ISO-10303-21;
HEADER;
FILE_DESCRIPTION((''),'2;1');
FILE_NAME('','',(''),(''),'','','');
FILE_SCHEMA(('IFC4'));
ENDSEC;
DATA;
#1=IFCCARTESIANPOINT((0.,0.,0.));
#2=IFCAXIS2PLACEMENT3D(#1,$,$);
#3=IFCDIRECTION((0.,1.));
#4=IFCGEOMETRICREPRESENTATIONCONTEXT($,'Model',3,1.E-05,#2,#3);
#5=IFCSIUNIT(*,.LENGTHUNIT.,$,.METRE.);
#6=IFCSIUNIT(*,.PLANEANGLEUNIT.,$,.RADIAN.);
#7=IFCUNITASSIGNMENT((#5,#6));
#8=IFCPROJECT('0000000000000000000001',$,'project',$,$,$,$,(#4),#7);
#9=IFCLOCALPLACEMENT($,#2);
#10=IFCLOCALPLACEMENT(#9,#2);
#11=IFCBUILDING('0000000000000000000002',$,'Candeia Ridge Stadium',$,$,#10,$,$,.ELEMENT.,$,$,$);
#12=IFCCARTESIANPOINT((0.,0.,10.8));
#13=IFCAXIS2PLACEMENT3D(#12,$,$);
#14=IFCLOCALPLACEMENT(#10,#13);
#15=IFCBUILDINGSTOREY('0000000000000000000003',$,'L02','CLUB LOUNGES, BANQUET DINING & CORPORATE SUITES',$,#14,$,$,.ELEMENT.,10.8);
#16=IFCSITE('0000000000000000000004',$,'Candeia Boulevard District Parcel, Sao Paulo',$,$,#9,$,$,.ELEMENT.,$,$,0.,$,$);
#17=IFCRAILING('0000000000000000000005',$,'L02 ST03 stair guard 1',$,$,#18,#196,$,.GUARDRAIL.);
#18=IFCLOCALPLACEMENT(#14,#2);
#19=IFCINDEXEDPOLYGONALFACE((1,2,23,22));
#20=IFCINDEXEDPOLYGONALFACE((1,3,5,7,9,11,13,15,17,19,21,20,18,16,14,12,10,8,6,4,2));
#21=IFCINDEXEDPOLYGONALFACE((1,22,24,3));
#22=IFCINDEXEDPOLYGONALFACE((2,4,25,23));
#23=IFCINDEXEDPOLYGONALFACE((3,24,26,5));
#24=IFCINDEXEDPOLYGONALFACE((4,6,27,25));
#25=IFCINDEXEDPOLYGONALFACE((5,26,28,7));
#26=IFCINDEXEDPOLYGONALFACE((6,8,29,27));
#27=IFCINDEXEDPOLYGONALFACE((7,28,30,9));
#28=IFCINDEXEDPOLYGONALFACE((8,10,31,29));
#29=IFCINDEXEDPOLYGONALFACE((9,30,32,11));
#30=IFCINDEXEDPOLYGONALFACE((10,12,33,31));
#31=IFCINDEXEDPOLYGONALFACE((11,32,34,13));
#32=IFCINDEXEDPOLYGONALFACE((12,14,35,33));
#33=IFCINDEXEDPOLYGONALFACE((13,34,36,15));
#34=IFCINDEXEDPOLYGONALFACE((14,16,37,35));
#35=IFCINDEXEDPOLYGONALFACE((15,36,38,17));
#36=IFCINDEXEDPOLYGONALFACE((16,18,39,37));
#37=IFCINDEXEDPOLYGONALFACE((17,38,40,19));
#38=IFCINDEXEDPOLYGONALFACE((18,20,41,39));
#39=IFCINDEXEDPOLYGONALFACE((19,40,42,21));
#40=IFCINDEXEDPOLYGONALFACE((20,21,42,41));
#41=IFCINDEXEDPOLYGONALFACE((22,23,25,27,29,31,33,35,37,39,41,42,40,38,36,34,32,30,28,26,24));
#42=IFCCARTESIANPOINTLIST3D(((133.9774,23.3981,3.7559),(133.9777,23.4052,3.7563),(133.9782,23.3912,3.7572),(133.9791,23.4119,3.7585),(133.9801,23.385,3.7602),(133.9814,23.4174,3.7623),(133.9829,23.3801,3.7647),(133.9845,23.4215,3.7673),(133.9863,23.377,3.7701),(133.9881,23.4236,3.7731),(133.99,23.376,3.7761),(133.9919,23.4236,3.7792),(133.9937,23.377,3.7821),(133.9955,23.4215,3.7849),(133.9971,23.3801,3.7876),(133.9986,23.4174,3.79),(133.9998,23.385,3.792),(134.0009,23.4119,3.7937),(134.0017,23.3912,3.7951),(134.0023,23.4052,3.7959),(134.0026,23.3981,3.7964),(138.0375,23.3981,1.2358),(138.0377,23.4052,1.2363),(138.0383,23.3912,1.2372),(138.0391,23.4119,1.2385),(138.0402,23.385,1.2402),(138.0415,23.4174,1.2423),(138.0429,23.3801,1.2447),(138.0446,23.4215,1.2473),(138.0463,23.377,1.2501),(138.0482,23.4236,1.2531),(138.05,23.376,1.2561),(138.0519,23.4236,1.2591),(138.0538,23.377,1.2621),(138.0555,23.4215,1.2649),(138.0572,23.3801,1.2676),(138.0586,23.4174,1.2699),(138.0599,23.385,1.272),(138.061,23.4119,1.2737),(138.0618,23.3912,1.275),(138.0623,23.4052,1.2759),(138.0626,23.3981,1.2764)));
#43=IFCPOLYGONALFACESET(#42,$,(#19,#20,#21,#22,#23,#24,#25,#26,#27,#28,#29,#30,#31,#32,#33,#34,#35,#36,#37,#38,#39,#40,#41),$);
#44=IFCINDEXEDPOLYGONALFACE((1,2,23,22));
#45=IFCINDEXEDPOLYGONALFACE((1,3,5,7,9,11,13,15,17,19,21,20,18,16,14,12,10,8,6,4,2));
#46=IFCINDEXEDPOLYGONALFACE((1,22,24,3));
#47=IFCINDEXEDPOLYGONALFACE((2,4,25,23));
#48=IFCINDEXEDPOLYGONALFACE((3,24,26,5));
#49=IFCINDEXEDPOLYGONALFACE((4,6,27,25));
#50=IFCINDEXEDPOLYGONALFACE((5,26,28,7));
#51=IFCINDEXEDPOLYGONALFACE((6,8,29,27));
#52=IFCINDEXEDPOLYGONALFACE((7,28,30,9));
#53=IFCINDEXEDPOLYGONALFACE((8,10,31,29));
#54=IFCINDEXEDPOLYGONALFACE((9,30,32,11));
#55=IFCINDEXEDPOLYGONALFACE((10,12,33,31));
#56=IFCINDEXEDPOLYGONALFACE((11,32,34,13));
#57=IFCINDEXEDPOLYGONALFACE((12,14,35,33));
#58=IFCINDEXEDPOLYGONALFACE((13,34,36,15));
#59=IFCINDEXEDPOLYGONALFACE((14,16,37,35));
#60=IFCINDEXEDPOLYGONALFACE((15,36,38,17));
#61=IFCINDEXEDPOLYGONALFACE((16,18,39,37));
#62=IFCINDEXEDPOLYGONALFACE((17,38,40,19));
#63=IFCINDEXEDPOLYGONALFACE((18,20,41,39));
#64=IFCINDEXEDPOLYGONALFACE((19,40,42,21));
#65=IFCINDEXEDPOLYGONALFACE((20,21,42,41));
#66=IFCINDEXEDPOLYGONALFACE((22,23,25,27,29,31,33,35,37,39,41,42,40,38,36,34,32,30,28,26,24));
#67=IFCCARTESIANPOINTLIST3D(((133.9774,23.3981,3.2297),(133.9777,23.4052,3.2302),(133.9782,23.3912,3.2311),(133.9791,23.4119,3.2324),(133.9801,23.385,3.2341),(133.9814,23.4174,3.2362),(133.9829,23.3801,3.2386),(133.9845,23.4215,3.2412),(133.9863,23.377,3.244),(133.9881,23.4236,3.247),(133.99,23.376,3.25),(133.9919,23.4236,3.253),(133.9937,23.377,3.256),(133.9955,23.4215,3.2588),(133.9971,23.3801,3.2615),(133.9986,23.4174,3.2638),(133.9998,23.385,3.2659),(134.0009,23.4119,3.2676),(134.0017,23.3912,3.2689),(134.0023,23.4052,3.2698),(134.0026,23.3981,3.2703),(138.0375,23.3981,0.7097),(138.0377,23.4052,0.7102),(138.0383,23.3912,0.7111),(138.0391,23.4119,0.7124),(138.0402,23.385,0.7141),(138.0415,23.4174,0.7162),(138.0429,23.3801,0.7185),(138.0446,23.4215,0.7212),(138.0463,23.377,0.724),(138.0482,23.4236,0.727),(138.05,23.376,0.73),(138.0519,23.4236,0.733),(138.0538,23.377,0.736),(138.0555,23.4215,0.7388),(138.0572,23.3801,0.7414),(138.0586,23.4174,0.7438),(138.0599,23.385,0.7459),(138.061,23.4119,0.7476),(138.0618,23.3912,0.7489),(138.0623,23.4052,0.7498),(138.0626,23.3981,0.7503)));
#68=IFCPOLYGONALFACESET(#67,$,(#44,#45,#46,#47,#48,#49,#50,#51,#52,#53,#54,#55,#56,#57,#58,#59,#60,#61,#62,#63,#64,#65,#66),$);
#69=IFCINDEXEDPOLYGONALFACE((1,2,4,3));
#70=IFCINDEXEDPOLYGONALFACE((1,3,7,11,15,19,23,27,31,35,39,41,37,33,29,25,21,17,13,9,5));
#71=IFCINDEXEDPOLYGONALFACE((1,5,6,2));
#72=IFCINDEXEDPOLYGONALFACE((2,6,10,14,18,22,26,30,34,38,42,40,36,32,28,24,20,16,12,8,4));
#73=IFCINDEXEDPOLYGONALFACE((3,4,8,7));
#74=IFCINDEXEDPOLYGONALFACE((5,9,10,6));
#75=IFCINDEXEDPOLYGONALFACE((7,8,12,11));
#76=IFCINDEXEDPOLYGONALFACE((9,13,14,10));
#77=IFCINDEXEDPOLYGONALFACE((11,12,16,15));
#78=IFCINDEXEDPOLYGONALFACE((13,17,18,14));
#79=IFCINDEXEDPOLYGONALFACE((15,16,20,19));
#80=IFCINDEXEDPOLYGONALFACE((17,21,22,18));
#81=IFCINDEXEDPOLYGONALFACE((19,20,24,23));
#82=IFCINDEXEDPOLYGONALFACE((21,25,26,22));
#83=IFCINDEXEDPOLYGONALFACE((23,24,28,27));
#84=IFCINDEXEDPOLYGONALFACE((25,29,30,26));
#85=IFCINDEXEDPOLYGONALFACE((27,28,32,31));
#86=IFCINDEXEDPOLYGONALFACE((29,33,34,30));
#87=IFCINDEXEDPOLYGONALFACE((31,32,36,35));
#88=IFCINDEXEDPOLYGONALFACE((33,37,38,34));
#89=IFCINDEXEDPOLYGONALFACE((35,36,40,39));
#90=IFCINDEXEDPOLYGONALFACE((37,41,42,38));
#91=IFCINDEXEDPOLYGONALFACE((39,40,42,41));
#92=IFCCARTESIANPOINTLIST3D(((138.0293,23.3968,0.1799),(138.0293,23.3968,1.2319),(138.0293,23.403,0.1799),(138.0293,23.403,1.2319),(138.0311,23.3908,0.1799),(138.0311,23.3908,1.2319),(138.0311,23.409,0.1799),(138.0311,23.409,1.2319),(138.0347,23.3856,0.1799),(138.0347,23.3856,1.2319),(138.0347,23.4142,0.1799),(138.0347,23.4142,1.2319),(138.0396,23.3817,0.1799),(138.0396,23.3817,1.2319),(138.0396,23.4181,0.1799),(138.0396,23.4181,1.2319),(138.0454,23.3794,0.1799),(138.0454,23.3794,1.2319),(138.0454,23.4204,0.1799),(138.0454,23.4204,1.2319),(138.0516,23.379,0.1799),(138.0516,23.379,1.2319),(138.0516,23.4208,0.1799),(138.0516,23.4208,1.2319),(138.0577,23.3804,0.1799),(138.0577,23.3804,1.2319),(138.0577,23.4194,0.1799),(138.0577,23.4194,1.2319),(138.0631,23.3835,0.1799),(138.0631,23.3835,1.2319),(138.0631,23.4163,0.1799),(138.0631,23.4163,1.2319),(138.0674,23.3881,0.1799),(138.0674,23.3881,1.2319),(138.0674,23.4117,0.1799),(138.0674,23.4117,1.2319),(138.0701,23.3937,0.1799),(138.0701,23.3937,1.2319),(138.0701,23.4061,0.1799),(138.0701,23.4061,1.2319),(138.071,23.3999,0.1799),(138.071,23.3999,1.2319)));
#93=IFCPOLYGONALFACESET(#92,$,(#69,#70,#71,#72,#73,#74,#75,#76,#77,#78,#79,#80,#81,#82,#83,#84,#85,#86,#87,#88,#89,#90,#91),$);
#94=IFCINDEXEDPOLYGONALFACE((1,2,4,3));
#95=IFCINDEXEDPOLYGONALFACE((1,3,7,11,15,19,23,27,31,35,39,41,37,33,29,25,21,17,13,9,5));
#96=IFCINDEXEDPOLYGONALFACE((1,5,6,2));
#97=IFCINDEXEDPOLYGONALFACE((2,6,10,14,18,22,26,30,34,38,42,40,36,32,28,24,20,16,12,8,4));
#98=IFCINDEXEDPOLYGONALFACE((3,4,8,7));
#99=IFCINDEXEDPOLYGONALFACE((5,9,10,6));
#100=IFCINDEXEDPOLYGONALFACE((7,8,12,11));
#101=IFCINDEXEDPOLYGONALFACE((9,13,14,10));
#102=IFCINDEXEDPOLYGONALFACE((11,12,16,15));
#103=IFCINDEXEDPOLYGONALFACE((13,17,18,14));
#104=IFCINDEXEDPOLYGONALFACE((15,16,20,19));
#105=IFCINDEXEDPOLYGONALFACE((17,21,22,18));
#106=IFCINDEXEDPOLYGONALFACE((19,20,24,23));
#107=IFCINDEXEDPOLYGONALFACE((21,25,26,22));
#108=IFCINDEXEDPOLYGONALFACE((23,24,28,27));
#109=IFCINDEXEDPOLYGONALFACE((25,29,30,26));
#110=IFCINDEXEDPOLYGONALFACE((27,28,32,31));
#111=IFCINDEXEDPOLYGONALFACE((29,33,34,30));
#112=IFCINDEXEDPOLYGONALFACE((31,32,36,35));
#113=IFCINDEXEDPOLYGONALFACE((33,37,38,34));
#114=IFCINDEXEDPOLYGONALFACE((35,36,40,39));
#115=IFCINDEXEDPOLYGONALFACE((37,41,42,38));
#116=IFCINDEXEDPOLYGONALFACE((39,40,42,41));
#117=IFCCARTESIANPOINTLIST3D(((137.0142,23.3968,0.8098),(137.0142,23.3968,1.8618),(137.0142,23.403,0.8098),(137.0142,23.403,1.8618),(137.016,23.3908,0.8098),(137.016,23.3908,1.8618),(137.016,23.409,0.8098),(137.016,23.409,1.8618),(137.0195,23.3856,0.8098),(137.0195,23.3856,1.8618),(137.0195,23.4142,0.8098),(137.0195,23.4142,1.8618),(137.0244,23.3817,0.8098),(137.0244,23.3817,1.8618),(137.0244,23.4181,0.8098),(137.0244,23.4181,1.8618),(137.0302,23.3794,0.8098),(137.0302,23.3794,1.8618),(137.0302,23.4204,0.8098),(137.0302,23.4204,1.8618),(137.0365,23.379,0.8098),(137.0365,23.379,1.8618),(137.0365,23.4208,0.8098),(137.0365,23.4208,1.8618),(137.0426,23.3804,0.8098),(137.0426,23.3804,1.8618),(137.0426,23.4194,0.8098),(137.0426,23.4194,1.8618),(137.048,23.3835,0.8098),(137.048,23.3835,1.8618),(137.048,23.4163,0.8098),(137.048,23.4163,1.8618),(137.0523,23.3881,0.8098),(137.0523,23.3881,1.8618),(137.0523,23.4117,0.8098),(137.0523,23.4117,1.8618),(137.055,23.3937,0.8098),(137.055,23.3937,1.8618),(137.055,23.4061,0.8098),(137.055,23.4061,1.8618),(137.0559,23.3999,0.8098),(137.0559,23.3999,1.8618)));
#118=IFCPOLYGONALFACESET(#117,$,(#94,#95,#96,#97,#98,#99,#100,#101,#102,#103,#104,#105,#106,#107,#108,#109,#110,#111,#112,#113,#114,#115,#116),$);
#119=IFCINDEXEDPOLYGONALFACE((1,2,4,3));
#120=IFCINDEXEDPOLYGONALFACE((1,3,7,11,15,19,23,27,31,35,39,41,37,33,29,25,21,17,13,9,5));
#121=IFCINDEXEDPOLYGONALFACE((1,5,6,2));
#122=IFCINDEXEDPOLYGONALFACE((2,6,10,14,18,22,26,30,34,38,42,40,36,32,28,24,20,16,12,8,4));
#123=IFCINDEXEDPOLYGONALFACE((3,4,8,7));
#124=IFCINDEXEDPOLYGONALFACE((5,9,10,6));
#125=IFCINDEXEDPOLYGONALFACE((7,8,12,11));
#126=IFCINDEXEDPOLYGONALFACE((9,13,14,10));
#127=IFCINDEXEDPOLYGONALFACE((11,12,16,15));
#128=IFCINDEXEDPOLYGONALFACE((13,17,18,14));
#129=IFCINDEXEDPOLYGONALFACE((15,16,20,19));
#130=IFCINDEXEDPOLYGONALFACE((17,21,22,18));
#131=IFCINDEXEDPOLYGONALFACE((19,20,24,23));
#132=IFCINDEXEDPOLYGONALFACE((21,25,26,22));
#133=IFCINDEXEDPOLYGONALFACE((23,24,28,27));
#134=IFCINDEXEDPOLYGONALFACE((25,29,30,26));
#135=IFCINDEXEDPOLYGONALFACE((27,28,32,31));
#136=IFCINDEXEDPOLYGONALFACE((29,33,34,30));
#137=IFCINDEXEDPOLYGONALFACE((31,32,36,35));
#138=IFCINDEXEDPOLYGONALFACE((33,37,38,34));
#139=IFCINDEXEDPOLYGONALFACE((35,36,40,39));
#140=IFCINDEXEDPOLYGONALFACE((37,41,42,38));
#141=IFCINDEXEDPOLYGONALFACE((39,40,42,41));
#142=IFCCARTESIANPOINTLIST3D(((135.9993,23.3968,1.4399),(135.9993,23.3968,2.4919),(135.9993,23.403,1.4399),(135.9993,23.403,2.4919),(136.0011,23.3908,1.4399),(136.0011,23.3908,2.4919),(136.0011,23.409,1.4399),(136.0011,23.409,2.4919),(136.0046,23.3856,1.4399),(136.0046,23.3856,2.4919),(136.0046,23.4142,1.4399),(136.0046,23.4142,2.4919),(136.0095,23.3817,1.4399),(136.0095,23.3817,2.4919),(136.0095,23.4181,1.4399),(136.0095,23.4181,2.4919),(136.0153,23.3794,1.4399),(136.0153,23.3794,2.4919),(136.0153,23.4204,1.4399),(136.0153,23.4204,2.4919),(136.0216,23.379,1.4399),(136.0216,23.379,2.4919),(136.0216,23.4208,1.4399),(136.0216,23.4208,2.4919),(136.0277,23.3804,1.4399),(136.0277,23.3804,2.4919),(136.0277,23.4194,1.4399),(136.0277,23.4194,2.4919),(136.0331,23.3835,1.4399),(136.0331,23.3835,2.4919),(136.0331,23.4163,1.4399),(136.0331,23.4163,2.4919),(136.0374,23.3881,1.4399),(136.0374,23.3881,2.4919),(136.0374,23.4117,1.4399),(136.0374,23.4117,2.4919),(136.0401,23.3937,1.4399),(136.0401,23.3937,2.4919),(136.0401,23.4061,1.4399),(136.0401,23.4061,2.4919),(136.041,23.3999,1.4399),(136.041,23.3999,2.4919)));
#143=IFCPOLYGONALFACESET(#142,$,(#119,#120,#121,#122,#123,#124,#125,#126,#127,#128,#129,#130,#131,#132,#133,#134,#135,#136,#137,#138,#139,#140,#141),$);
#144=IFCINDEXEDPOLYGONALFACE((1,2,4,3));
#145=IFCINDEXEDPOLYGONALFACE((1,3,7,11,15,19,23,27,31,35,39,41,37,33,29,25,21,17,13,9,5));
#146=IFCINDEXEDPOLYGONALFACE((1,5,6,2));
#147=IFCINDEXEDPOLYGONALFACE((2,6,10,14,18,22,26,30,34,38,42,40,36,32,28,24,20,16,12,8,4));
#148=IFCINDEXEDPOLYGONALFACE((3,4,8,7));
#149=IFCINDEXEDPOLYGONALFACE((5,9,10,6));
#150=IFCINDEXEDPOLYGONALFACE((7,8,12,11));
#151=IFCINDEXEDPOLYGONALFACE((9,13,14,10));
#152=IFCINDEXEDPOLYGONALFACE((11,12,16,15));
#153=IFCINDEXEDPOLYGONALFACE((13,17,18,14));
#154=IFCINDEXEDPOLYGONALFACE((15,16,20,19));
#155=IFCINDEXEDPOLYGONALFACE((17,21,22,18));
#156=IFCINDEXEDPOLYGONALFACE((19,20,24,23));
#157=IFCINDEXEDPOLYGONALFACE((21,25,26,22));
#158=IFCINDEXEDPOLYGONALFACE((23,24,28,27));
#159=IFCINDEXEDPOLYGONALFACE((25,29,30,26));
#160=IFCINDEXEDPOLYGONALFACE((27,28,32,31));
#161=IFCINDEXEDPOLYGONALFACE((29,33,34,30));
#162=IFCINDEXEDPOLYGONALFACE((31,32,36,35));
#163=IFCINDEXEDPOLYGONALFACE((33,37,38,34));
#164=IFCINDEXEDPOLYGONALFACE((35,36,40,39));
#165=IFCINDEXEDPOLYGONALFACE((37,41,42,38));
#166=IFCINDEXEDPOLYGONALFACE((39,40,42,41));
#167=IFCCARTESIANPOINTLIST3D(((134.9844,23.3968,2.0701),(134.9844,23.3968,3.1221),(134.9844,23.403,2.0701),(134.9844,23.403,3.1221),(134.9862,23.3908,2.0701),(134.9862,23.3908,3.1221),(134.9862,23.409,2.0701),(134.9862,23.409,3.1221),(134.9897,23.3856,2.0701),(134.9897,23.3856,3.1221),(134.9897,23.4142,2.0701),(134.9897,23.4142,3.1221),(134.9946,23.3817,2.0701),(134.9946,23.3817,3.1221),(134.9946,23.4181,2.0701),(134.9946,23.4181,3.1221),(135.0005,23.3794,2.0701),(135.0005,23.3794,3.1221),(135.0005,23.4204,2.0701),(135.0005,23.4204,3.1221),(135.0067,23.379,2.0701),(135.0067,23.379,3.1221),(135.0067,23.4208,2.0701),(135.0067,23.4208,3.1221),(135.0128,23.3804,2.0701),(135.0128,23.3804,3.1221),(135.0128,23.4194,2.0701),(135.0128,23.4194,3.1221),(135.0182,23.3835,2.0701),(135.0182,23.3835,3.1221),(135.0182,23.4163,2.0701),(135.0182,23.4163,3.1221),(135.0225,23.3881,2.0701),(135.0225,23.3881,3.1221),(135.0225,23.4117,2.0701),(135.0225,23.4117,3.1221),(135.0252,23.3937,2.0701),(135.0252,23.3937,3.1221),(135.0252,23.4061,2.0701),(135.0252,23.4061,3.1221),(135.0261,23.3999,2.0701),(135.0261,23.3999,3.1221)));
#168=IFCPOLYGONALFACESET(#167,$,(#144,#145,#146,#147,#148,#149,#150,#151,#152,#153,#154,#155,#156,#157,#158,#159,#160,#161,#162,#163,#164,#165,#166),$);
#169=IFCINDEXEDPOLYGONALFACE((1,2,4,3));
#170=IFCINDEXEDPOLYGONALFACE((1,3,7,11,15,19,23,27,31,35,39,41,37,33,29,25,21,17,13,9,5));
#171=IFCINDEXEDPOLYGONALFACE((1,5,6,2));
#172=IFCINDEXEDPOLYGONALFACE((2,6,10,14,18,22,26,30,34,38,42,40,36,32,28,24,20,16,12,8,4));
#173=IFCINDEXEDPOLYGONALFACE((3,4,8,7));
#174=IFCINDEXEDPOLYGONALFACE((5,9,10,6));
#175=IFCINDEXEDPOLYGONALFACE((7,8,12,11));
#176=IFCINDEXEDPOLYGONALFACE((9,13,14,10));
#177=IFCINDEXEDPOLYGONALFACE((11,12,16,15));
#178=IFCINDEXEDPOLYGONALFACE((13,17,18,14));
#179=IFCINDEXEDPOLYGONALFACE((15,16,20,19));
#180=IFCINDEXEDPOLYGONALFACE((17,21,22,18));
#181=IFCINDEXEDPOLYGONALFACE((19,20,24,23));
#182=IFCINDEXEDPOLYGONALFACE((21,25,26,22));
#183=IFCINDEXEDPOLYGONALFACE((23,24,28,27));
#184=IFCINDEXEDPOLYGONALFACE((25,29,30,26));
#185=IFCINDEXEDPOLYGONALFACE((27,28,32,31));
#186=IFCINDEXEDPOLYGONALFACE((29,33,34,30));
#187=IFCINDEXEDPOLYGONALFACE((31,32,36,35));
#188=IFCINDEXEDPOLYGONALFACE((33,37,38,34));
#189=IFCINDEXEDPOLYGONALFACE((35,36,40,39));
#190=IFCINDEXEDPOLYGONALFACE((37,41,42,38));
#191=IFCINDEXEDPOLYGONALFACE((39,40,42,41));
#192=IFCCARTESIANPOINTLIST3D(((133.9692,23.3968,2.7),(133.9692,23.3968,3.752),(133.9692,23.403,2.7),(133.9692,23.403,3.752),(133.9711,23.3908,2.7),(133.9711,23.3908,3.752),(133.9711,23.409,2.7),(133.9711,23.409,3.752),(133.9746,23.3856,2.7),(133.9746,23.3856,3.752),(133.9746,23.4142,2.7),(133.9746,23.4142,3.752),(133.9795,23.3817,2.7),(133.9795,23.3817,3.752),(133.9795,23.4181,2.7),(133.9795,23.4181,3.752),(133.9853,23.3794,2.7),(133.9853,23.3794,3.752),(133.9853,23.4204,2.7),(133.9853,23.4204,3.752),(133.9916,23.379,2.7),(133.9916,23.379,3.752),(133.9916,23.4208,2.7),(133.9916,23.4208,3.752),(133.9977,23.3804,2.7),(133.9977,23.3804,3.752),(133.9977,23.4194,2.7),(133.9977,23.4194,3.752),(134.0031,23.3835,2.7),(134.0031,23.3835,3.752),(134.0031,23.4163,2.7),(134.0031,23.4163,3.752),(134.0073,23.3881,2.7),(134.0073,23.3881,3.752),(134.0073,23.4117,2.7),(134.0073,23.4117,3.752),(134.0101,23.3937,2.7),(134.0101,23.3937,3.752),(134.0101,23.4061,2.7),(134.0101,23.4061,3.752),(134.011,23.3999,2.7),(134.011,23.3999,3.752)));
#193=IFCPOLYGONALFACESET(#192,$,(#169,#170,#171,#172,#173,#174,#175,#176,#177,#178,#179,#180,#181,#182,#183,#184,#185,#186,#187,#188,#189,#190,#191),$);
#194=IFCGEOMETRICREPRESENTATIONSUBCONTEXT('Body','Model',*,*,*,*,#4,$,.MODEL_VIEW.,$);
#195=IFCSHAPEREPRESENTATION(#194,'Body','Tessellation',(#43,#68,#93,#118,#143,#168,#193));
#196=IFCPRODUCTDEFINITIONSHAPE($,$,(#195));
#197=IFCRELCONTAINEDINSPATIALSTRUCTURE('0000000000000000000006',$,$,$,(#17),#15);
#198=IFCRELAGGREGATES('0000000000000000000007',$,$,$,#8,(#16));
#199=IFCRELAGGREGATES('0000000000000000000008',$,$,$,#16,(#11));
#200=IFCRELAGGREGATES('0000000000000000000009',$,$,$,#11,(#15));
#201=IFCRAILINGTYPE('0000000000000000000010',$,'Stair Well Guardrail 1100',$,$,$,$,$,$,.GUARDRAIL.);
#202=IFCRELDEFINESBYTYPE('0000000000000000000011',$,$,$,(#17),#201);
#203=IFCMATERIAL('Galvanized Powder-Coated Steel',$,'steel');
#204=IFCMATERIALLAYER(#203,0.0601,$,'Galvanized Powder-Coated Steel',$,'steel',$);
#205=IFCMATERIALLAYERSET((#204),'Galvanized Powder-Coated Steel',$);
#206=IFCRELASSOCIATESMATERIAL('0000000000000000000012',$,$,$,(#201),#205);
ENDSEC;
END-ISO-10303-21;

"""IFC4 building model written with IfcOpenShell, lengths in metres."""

from ifc_helpers import new_model, si_unit, direction, frame, origin, origin_2d, place, context, subcontext, project, spatial, circle, extrude, material, layer, layer_set, type_object, element, save


model = new_model("IFC4")

# Units and contexts
model_context = context("Model", 3, precision=1e-05, world=origin(), true_north=direction((0.0, 1.0)))
body_context = subcontext(model_context, "Body", "Model", "MODEL_VIEW")
ifc_project = project(units=[si_unit("LENGTHUNIT", "METRE"), si_unit("PLANEANGLEUNIT", "RADIAN")], contexts=[model_context])

# Site, building, storey
site_placement = place(None, origin())
site = spatial("IfcSite", under=ifc_project, at=site_placement, Name="Candeia Boulevard District Parcel, Sao Paulo", CompositionType="ELEMENT", RefElevation=0.0)
building_placement = place(site_placement, origin())
building = spatial("IfcBuilding", under=site, at=building_placement, Name="Candeia Ridge Stadium", CompositionType="ELEMENT")
storey_placement = place(building_placement, frame((0.0, 0.0, 10.8)))
storey = spatial("IfcBuildingStorey", under=building, at=storey_placement, Name="L02", Description="CLUB LOUNGES, BANQUET DINING & CORPORATE SUITES", CompositionType="ELEMENT", Elevation=10.8)

# Railing
ifc_material_1 = material(Name="Galvanized Powder-Coated Steel", Category="steel")
ifc_layer_1 = layer(ifc_material_1, 0.0601, Name="Galvanized Powder-Coated Steel", Category="steel")
ifc_layer_set_1 = layer_set([ifc_layer_1], Name="Galvanized Powder-Coated Steel")
railing_type_1 = type_object("IfcRailingType", Name="Stair Well Guardrail 1100", PredefinedType="GUARDRAIL", material=ifc_layer_set_1)
railing_1_placement = place(storey_placement, frame((138.05, 23.3999, 0.1799)))
element("IfcRailing", 1, at=railing_1_placement, inside=storey, type_object=railing_type_1, Name="L02 ST03 stair guard 1", PredefinedType="GUARDRAIL", context=body_context, shape_type="SweptSolid", body=[
    extrude(circle(Radius=0.0239, at=origin_2d()), frame((0.0, 0.0, 1.0762), z_axis=(-0.849642, 0.0, 0.52736), x_axis=(0.0, -1.0, 0.0)), (0.0, 0.0, 1.0), 4.7786),
    extrude(circle(Radius=0.0239, at=origin_2d()), frame((0.0, 0.0, 0.55), z_axis=(-0.849642, 0.0, 0.52736), x_axis=(0.0, -1.0, 0.0)), (0.0, 0.0, 1.0), 4.7786),
    extrude(circle(Radius=0.021, at=origin_2d()), origin(), (0.0, 0.0, 1.0), 1.052),
    extrude(circle(Radius=0.021, at=origin_2d()), frame((-1.0151, 0.0, 0.6299)), (0.0, 0.0, 1.0), 1.052),
    extrude(circle(Radius=0.021, at=origin_2d()), frame((-2.03, 0.0, 1.26)), (0.0, 0.0, 1.0), 1.052),
    extrude(circle(Radius=0.021, at=origin_2d()), frame((-3.0449, 0.0, 1.8901)), (0.0, 0.0, 1.0), 1.052),
    extrude(circle(Radius=0.021, at=origin_2d()), frame((-4.0601, 0.0, 2.52)), (0.0, 0.0, 1.0), 1.052),
])

save(model, "model.ifc")
